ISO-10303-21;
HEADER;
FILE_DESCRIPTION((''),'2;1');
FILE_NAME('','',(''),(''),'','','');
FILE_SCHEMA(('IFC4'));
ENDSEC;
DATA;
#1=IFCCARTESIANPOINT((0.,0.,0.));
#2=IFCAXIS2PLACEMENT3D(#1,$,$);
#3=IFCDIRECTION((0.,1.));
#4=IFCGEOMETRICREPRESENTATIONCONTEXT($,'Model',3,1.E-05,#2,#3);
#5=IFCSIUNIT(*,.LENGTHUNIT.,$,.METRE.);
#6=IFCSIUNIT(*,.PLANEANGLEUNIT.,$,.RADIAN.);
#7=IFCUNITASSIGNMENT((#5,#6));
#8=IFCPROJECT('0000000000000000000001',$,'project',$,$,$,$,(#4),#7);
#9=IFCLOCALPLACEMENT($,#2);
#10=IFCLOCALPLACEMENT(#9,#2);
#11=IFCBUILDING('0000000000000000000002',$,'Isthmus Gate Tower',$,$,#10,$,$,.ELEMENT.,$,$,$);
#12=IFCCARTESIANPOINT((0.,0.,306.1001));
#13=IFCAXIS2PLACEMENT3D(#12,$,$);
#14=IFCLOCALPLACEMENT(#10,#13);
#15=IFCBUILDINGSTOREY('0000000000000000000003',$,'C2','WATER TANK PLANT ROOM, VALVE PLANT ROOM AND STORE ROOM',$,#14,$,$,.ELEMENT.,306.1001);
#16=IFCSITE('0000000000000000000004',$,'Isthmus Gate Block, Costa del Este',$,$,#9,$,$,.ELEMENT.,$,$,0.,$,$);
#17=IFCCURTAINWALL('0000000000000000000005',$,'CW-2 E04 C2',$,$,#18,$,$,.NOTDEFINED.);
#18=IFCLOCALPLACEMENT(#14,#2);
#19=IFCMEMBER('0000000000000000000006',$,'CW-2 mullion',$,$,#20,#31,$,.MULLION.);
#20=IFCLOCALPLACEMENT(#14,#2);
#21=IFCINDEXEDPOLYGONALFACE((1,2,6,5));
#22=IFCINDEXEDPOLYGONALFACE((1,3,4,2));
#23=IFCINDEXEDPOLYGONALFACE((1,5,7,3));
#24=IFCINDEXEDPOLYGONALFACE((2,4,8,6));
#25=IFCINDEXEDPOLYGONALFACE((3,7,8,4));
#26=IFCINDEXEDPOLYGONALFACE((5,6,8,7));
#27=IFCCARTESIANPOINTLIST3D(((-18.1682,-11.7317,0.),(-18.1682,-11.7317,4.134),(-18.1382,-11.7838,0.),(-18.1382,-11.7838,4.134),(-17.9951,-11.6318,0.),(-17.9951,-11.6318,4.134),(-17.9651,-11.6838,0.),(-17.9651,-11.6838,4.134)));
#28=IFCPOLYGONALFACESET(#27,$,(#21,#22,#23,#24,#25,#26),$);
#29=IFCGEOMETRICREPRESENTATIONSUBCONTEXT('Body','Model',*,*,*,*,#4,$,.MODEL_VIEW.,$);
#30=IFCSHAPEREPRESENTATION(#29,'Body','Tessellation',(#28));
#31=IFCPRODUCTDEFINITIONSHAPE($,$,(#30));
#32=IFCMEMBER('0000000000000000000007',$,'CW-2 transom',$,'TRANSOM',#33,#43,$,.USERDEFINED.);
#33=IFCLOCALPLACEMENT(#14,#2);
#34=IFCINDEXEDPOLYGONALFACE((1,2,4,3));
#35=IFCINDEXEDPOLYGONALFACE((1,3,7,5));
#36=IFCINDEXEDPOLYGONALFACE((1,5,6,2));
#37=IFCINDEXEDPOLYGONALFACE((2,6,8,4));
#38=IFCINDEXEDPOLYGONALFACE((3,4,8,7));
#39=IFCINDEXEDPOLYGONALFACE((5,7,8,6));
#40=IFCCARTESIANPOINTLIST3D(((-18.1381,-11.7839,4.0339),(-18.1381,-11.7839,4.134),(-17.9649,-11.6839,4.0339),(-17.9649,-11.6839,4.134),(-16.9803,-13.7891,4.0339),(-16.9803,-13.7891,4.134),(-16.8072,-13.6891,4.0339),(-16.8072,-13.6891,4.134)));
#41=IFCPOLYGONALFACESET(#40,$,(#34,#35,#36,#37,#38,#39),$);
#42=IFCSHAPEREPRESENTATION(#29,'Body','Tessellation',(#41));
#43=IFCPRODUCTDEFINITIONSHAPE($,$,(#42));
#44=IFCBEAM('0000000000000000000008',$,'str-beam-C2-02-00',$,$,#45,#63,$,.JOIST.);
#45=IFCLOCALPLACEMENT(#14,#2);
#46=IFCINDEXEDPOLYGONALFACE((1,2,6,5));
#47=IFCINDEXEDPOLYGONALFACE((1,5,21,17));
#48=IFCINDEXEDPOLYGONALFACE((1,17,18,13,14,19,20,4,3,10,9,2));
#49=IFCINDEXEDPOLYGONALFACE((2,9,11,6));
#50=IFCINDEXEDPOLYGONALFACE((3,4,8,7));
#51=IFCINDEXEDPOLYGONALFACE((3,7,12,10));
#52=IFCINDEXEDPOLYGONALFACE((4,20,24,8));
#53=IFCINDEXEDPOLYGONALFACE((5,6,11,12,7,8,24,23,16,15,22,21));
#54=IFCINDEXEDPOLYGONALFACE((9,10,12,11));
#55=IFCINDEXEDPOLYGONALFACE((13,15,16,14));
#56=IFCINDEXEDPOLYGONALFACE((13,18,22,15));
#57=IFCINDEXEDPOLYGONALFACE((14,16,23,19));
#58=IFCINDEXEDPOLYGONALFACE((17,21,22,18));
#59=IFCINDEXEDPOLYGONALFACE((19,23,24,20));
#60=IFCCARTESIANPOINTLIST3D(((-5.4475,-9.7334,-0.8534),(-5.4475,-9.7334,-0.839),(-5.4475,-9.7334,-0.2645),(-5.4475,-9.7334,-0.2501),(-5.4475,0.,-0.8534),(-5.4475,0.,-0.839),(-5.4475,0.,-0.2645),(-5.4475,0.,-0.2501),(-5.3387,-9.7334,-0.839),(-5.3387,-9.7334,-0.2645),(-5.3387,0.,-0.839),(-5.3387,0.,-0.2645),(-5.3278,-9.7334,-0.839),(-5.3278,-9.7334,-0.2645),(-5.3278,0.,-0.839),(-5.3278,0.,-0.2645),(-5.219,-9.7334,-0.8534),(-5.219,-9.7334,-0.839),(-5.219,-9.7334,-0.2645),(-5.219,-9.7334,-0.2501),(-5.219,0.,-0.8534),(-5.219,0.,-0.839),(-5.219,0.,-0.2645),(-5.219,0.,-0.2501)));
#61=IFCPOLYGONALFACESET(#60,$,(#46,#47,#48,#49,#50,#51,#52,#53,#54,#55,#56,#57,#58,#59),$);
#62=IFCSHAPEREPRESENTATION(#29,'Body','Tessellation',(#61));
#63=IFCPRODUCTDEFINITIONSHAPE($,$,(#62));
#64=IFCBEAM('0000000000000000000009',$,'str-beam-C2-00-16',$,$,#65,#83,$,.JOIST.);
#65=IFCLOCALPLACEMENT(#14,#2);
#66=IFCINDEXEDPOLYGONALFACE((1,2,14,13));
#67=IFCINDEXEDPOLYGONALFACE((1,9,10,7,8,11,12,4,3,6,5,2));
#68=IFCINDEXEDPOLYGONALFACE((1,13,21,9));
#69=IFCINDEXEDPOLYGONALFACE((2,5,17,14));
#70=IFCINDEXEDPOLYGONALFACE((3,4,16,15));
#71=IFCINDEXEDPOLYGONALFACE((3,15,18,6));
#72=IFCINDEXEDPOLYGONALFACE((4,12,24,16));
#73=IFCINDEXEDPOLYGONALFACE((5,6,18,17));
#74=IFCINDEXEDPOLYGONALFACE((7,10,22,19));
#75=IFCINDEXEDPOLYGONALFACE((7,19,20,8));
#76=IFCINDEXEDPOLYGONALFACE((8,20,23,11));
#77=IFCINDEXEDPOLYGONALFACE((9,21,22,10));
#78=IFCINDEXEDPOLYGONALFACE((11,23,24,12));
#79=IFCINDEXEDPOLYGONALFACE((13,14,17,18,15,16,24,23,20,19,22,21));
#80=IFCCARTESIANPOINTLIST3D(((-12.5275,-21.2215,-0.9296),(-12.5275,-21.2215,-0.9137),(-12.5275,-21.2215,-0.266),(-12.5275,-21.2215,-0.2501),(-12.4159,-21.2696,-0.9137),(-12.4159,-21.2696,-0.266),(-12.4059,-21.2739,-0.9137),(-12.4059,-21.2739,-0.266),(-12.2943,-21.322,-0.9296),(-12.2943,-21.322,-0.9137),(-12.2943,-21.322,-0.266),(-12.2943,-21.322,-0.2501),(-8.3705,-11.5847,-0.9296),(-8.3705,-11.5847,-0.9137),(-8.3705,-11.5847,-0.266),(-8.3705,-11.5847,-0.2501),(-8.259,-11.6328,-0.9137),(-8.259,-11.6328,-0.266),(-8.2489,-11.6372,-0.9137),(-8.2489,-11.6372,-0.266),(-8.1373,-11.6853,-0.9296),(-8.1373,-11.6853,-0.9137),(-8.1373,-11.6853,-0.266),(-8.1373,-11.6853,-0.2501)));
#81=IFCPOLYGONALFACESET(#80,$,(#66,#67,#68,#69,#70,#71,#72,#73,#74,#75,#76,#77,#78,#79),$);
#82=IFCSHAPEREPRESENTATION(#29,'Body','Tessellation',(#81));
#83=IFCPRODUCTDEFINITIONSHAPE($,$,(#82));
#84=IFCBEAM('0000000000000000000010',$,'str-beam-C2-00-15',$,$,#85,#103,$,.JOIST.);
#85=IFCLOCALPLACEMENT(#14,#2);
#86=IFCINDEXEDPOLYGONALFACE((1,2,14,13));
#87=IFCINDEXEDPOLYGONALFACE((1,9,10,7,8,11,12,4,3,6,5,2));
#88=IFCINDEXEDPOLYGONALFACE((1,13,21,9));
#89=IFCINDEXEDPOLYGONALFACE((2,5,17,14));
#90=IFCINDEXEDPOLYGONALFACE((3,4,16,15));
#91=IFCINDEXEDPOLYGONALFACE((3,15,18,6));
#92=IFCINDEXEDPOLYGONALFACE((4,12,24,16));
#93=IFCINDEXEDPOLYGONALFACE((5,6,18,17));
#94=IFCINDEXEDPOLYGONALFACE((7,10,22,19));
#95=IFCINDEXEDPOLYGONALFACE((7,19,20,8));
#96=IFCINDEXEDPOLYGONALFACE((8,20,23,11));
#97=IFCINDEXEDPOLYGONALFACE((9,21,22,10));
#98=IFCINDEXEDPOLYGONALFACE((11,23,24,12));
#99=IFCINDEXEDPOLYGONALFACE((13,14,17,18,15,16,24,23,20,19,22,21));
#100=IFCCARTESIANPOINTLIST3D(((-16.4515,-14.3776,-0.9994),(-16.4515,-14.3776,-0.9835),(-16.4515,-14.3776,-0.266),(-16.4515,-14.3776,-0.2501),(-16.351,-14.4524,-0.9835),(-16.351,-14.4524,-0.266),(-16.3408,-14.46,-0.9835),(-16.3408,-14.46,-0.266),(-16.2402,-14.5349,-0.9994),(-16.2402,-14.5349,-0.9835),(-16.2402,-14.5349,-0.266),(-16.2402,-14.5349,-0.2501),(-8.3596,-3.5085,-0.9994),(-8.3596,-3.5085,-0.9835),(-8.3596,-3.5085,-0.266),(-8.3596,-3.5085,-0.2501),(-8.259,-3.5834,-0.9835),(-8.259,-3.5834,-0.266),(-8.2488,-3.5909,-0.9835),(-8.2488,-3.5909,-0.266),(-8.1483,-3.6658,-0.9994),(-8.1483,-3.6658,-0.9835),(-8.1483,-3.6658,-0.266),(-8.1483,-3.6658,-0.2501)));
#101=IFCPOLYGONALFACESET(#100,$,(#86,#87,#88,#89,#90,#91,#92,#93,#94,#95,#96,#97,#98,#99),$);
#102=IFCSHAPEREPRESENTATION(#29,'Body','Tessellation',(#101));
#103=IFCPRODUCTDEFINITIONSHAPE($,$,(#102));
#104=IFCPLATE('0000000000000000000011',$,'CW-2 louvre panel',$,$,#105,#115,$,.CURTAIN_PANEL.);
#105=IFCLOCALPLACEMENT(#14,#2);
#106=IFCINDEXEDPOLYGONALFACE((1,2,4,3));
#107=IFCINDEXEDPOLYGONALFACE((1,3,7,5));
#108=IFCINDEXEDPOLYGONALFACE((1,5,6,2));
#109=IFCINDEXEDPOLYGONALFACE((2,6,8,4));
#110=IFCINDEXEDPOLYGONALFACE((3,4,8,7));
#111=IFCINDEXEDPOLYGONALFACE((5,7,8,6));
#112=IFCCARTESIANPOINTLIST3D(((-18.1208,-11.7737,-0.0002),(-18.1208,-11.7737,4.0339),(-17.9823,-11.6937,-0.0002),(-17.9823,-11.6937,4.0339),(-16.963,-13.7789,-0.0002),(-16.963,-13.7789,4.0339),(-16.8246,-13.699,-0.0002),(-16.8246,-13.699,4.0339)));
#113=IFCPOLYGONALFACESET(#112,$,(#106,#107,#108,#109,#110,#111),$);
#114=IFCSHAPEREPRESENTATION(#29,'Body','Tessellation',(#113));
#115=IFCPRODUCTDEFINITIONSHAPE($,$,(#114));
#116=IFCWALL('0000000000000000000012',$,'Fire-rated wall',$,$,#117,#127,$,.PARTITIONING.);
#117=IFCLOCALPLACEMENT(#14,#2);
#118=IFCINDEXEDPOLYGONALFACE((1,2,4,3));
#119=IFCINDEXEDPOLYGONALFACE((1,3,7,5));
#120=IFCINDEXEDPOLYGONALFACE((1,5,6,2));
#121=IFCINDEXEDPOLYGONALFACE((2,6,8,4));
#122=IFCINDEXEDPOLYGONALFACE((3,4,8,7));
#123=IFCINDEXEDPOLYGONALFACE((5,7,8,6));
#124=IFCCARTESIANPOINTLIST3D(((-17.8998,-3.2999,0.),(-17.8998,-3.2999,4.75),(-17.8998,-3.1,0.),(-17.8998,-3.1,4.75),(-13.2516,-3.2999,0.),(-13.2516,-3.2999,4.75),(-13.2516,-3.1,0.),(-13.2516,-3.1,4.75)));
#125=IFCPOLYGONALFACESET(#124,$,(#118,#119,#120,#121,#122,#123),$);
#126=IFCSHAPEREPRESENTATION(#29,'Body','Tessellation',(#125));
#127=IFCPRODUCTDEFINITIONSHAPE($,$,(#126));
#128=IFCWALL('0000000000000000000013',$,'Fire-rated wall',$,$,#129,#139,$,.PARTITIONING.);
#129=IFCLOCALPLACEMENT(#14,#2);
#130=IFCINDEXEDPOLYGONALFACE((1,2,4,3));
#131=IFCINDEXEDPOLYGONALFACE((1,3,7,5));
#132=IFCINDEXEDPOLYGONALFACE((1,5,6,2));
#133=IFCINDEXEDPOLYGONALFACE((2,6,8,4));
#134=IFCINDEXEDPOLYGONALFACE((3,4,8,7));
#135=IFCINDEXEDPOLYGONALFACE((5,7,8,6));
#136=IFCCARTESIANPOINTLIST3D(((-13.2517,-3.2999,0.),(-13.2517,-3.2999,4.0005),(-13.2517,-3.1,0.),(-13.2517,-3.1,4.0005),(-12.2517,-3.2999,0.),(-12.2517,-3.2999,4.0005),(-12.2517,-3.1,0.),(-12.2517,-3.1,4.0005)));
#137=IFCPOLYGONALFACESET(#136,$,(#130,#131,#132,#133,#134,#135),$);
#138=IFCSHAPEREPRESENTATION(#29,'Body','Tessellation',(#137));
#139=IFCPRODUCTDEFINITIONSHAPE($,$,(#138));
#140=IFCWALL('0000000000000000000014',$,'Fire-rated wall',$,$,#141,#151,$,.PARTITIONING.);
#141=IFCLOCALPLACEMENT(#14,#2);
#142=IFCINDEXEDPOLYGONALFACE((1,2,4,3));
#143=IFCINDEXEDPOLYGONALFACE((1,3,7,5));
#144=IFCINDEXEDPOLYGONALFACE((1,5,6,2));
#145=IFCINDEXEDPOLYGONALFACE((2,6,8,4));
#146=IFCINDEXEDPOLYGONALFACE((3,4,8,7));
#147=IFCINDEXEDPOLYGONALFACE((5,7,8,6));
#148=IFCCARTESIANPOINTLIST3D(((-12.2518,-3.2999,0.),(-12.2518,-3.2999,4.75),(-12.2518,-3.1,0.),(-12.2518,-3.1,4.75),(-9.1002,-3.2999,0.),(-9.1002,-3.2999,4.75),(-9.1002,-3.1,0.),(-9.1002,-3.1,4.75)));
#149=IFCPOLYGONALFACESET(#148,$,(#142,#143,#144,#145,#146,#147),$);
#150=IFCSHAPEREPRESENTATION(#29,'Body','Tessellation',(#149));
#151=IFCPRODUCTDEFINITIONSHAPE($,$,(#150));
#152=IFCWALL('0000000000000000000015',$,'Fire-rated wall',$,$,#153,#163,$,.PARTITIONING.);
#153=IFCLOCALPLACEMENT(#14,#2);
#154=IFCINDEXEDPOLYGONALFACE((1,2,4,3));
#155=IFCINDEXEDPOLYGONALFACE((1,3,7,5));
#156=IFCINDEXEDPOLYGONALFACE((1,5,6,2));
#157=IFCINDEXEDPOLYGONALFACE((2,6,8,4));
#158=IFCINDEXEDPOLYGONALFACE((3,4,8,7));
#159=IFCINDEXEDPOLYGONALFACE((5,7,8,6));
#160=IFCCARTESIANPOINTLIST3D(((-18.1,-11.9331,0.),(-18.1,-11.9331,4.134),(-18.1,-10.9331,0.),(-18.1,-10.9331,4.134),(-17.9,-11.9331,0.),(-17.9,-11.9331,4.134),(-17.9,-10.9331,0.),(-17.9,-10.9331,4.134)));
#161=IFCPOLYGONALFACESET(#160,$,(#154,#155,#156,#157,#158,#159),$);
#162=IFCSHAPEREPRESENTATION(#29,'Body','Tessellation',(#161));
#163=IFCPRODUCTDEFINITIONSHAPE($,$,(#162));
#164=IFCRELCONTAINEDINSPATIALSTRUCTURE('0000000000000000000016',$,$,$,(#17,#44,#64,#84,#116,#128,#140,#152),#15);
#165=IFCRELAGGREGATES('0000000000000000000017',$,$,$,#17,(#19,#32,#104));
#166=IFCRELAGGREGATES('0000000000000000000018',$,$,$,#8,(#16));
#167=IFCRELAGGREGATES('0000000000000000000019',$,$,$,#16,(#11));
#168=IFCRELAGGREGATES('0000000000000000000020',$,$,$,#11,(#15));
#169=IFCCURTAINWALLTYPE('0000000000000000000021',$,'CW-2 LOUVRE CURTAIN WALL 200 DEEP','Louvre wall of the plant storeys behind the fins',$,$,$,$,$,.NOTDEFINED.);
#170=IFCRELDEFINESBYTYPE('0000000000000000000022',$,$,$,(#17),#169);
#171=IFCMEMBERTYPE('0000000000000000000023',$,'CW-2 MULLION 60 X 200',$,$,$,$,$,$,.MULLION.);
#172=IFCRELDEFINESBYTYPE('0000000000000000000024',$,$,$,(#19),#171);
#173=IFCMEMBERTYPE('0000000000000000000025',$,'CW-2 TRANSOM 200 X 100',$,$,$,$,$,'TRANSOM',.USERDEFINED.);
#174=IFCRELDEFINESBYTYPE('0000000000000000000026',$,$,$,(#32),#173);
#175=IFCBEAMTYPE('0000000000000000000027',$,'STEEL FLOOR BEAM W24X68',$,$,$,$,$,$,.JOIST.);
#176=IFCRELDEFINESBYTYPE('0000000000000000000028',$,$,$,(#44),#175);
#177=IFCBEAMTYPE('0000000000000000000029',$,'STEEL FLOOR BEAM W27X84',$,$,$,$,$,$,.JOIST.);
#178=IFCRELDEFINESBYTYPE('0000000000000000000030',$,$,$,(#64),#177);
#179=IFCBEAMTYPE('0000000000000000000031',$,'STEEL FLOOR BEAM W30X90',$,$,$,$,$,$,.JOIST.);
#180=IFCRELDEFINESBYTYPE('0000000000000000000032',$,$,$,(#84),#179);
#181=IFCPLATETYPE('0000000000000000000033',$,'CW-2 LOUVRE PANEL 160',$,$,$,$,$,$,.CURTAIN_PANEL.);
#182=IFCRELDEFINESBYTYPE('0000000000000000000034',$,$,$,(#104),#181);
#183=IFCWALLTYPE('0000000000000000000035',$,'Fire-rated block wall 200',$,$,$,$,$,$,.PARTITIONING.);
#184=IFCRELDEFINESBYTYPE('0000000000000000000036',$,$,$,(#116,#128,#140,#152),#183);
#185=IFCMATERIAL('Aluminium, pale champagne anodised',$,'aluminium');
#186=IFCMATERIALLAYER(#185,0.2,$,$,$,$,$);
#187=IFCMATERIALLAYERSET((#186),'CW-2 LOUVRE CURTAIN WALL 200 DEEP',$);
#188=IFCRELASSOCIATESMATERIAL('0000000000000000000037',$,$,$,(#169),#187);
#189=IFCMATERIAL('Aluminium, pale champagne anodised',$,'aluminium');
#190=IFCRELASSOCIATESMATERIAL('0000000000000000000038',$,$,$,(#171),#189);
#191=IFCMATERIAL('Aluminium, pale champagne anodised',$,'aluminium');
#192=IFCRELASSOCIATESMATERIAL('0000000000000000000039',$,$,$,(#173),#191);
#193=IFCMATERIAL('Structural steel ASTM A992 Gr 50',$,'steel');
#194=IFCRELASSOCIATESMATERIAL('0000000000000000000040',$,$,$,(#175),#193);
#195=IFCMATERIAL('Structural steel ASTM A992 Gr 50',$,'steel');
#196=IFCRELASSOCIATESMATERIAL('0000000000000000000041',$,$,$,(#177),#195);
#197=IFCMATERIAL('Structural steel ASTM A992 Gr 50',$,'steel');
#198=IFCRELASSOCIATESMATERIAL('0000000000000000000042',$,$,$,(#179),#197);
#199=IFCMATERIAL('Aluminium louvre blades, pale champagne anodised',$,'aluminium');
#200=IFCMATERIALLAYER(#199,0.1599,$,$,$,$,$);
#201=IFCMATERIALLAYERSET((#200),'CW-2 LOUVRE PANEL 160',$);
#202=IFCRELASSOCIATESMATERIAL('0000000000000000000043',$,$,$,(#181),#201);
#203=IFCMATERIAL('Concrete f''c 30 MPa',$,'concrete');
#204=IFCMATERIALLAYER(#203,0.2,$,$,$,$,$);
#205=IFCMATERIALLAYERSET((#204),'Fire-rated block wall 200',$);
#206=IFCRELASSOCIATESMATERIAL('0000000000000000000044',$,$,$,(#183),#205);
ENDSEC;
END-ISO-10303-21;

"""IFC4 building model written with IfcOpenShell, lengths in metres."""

from ifc_helpers import new_model, si_unit, direction, frame, frame_2d, origin, origin_2d, place, context, subcontext, project, spatial, rectangle, i_section, extrude, material, layer, layer_set, material_profile, profile_set, type_object, element, aggregate, save


model = new_model("IFC4")

# Units and contexts
model_context = context("Model", 3, precision=1e-05, world=origin(), true_north=direction((0.0, 1.0)))
body_context = subcontext(model_context, "Body", "Model", "MODEL_VIEW")
ifc_project = project(units=[si_unit("LENGTHUNIT", "METRE"), si_unit("PLANEANGLEUNIT", "RADIAN")], contexts=[model_context])

# Site, building, storey
site_placement = place(None, origin())
site = spatial("IfcSite", under=ifc_project, at=site_placement, Name="Isthmus Gate Block, Costa del Este", CompositionType="ELEMENT", RefElevation=0.0)
building_placement = place(site_placement, origin())
building = spatial("IfcBuilding", under=site, at=building_placement, Name="Isthmus Gate Tower", CompositionType="ELEMENT")
storey_placement = place(building_placement, frame((0.0, 0.0, 306.1001)))
storey = spatial("IfcBuildingStorey", under=building, at=storey_placement, Name="C2", Description="WATER TANK PLANT ROOM, VALVE PLANT ROOM AND STORE ROOM", CompositionType="ELEMENT", Elevation=306.1001)

# Curtain wall, members
ifc_material_1 = material(Name="Aluminium, pale champagne anodised", Category="aluminium")
ifc_layer_1 = layer(ifc_material_1, 0.2)
ifc_layer_set_1 = layer_set([ifc_layer_1], Name="CW-2 LOUVRE CURTAIN WALL 200 DEEP")
curtain_wall_type = type_object("IfcCurtainWallType", Name="CW-2 LOUVRE CURTAIN WALL 200 DEEP", Description="Louvre wall of the plant storeys behind the fins", PredefinedType="NOTDEFINED", material=ifc_layer_set_1)
curtain_wall_placement = place(storey_placement, origin())
curtain_wall = element("IfcCurtainWall", 1, at=curtain_wall_placement, inside=storey, type_object=curtain_wall_type, Name="CW-2 E04 C2", PredefinedType="NOTDEFINED")
ifc_material_2 = material(Name="Aluminium, pale champagne anodised", Category="aluminium")
ifc_material_profile_1 = material_profile(ifc_material_2, rectangle(XDim=0.0601, YDim=0.2, at=origin_2d()), Name="60x200")
ifc_profile_set_1 = profile_set([ifc_material_profile_1], Name="Aluminium, pale champagne anodised")
member_type_1 = type_object("IfcMemberType", Name="CW-2 MULLION 60 X 200", PredefinedType="MULLION", material=ifc_profile_set_1)
member_1_placement = place(storey_placement, frame((-18.0667, -11.7078, 0.0), z_axis=(0.0, 0.0, 1.0), x_axis=(0.5, -0.866025, 0.0)))
member_1 = element("IfcMember", 2, at=member_1_placement, type_object=member_type_1, Name="CW-2 mullion", PredefinedType="MULLION", context=body_context, shape_type="SweptSolid", body=[
    extrude(rectangle(XDim=0.0601, YDim=0.2, at=origin_2d()), origin(), (0.0, 0.0, 1.0), 4.134),
])
ifc_material_3 = material(Name="Aluminium, pale champagne anodised", Category="aluminium")
ifc_material_profile_2 = material_profile(ifc_material_3, rectangle(XDim=0.2, YDim=0.1001, at=origin_2d()), Name="200x100")
ifc_profile_set_2 = profile_set([ifc_material_profile_2], Name="Aluminium, pale champagne anodised")
member_type_2 = type_object("IfcMemberType", Name="CW-2 TRANSOM 200 X 100", ElementType="TRANSOM", PredefinedType="USERDEFINED", material=ifc_profile_set_2)
member_2_placement = place(storey_placement, frame((-18.0515, -11.7339, 4.084), z_axis=(0.500018, -0.866015, 0.0), x_axis=(0.866015, 0.500018, 0.0)))
member_2 = element("IfcMember", 3, at=member_2_placement, type_object=member_type_2, Name="CW-2 transom", ObjectType="TRANSOM", PredefinedType="USERDEFINED", context=body_context, shape_type="SweptSolid", body=[
    extrude(rectangle(XDim=0.2, YDim=0.1001, at=origin_2d()), origin(), (0.0, 0.0, 1.0), 2.3154),
])

# Beams
ifc_material_4 = material(Name="Structural steel ASTM A992 Gr 50", Category="steel")
ifc_material_profile_3 = material_profile(ifc_material_4, i_section(OverallWidth=0.2285, OverallDepth=0.6033, WebThickness=0.011, FlangeThickness=0.0144, at=origin_2d()), Name="W24X68")
ifc_profile_set_3 = profile_set([ifc_material_profile_3], Name="Structural steel ASTM A992 Gr 50")
beam_type_1 = type_object("IfcBeamType", Name="STEEL FLOOR BEAM W24X68", PredefinedType="JOIST", material=ifc_profile_set_3)
beam_1_placement = place(storey_placement, frame((-5.3333, -9.7334, -0.5518), z_axis=(0.0, 1.0, 0.0), x_axis=(-1.0, 0.0, 0.0)))
element("IfcBeam", 4, at=beam_1_placement, inside=storey, type_object=beam_type_1, Name="str-beam-C2-02-00", PredefinedType="JOIST", context=body_context, shape_type="SweptSolid", body=[
    extrude(i_section(OverallWidth=0.2285, OverallDepth=0.6033, WebThickness=0.011, FlangeThickness=0.0144, at=origin_2d()), origin(), (0.0, 0.0, 1.0), 9.7334),
])
ifc_material_5 = material(Name="Structural steel ASTM A992 Gr 50", Category="steel")
ifc_material_profile_4 = material_profile(ifc_material_5, i_section(OverallWidth=0.2539, OverallDepth=0.6794, WebThickness=0.011, FlangeThickness=0.0159, at=origin_2d()), Name="W27X84")
ifc_profile_set_4 = profile_set([ifc_material_profile_4], Name="Structural steel ASTM A992 Gr 50")
beam_type_2 = type_object("IfcBeamType", Name="STEEL FLOOR BEAM W27X84", PredefinedType="JOIST", material=ifc_profile_set_4)
beam_2_placement = place(storey_placement, frame((-8.2539, -11.635, -0.5898), z_axis=(-0.396088, -0.918212, 0.0), x_axis=(0.918212, -0.396088, 0.0)))
element("IfcBeam", 5, at=beam_2_placement, inside=storey, type_object=beam_type_2, Name="str-beam-C2-00-16", PredefinedType="JOIST", context=body_context, shape_type="SweptSolid", body=[
    extrude(i_section(OverallWidth=0.2539, OverallDepth=0.6794, WebThickness=0.011, FlangeThickness=0.0159, at=origin_2d()), origin(), (0.0, 0.0, 1.0), 10.4951),
])
ifc_material_6 = material(Name="Structural steel ASTM A992 Gr 50", Category="steel")
ifc_material_profile_5 = material_profile(ifc_material_6, i_section(OverallWidth=0.2634, OverallDepth=0.7493, WebThickness=0.0127, FlangeThickness=0.0159, at=origin_2d()), Name="W30X90")
ifc_profile_set_5 = profile_set([ifc_material_profile_5], Name="Structural steel ASTM A992 Gr 50")
beam_type_3 = type_object("IfcBeamType", Name="STEEL FLOOR BEAM W30X90", PredefinedType="JOIST", material=ifc_profile_set_5)
beam_3_placement = place(storey_placement, frame((-8.2539, -3.5872, -0.6248), z_axis=(-0.597171, -0.802114, 0.0), x_axis=(0.802114, -0.597171, 0.0)))
element("IfcBeam", 6, at=beam_3_placement, inside=storey, type_object=beam_type_3, Name="str-beam-C2-00-15", PredefinedType="JOIST", context=body_context, shape_type="SweptSolid", body=[
    extrude(i_section(OverallWidth=0.2634, OverallDepth=0.7493, WebThickness=0.0127, FlangeThickness=0.0159, at=origin_2d()), origin(), (0.0, 0.0, 1.0), 13.5505),
])

# Plate
ifc_material_7 = material(Name="Aluminium louvre blades, pale champagne anodised", Category="aluminium")
ifc_layer_2 = layer(ifc_material_7, 0.1599)
ifc_layer_set_2 = layer_set([ifc_layer_2], Name="CW-2 LOUVRE PANEL 160")
plate_type = type_object("IfcPlateType", Name="CW-2 LOUVRE PANEL 160", PredefinedType="CURTAIN_PANEL", material=ifc_layer_set_2)
plate_placement = place(storey_placement, frame((-17.4727, -12.7363, -0.0002), z_axis=(0.0, 0.0, 1.0), x_axis=(0.5, -0.866025, 0.0)))
plate = element("IfcPlate", 7, at=plate_placement, type_object=plate_type, Name="CW-2 louvre panel", PredefinedType="CURTAIN_PANEL", context=body_context, shape_type="SweptSolid", body=[
    extrude(rectangle(XDim=2.3154, YDim=0.1599, at=origin_2d()), origin(), (0.0, 0.0, 1.0), 4.0342),
])
aggregate(curtain_wall, [member_1, member_2, plate])

# Walls
ifc_material_8 = material(Name="Concrete f'c 30 MPa", Category="concrete")
ifc_layer_3 = layer(ifc_material_8, 0.2)
ifc_layer_set_3 = layer_set([ifc_layer_3], Name="Fire-rated block wall 200")
wall_type_1 = type_object("IfcWallType", Name="Fire-rated block wall 200", PredefinedType="PARTITIONING", material=ifc_layer_set_3)
wall_1_placement = place(storey_placement, frame((-17.8999, -3.2, 0.0), z_axis=(0.0, 0.0, 1.0), x_axis=(1.0, 0.0, 0.0)))
element("IfcWall", 8, at=wall_1_placement, inside=storey, type_object=wall_type_1, Name="Fire-rated wall", PredefinedType="PARTITIONING", context=body_context, shape_type="SweptSolid", body=[
    extrude(rectangle(XDim=4.6482, YDim=0.2, at=frame_2d((2.3242, 0.0))), origin(), (0.0, 0.0, 1.0), 4.75),
])
wall_2_placement = place(storey_placement, frame((-13.2517, -3.2, 0.0), z_axis=(0.0, 0.0, 1.0), x_axis=(1.0, 0.0, 0.0)))
element("IfcWall", 9, at=wall_2_placement, inside=storey, type_object=wall_type_1, Name="Fire-rated wall", PredefinedType="PARTITIONING", context=body_context, shape_type="SweptSolid", body=[
    extrude(rectangle(XDim=1.0, YDim=0.2, at=frame_2d((0.5, 0.0))), origin(), (0.0, 0.0, 1.0), 4.0005),
])
wall_3_placement = place(storey_placement, frame((-12.2517, -3.2, 0.0), z_axis=(0.0, 0.0, 1.0), x_axis=(1.0, 0.0, 0.0)))
element("IfcWall", 10, at=wall_3_placement, inside=storey, type_object=wall_type_1, Name="Fire-rated wall", PredefinedType="PARTITIONING", context=body_context, shape_type="SweptSolid", body=[
    extrude(rectangle(XDim=3.1516, YDim=0.2, at=frame_2d((1.5757, 0.0))), origin(), (0.0, 0.0, 1.0), 4.75),
])
wall_4_placement = place(storey_placement, frame((-18.0, -11.9331, 0.0), z_axis=(0.0, 0.0, 1.0), x_axis=(0.0, 1.0, 0.0)))
element("IfcWall", 11, at=wall_4_placement, inside=storey, type_object=wall_type_1, Name="Fire-rated wall", PredefinedType="PARTITIONING", context=body_context, shape_type="SweptSolid", body=[
    extrude(rectangle(XDim=1.0, YDim=0.2, at=frame_2d((0.5, 0.0))), origin(), (0.0, 0.0, 1.0), 4.134),
])

save(model, "model.ifc")
